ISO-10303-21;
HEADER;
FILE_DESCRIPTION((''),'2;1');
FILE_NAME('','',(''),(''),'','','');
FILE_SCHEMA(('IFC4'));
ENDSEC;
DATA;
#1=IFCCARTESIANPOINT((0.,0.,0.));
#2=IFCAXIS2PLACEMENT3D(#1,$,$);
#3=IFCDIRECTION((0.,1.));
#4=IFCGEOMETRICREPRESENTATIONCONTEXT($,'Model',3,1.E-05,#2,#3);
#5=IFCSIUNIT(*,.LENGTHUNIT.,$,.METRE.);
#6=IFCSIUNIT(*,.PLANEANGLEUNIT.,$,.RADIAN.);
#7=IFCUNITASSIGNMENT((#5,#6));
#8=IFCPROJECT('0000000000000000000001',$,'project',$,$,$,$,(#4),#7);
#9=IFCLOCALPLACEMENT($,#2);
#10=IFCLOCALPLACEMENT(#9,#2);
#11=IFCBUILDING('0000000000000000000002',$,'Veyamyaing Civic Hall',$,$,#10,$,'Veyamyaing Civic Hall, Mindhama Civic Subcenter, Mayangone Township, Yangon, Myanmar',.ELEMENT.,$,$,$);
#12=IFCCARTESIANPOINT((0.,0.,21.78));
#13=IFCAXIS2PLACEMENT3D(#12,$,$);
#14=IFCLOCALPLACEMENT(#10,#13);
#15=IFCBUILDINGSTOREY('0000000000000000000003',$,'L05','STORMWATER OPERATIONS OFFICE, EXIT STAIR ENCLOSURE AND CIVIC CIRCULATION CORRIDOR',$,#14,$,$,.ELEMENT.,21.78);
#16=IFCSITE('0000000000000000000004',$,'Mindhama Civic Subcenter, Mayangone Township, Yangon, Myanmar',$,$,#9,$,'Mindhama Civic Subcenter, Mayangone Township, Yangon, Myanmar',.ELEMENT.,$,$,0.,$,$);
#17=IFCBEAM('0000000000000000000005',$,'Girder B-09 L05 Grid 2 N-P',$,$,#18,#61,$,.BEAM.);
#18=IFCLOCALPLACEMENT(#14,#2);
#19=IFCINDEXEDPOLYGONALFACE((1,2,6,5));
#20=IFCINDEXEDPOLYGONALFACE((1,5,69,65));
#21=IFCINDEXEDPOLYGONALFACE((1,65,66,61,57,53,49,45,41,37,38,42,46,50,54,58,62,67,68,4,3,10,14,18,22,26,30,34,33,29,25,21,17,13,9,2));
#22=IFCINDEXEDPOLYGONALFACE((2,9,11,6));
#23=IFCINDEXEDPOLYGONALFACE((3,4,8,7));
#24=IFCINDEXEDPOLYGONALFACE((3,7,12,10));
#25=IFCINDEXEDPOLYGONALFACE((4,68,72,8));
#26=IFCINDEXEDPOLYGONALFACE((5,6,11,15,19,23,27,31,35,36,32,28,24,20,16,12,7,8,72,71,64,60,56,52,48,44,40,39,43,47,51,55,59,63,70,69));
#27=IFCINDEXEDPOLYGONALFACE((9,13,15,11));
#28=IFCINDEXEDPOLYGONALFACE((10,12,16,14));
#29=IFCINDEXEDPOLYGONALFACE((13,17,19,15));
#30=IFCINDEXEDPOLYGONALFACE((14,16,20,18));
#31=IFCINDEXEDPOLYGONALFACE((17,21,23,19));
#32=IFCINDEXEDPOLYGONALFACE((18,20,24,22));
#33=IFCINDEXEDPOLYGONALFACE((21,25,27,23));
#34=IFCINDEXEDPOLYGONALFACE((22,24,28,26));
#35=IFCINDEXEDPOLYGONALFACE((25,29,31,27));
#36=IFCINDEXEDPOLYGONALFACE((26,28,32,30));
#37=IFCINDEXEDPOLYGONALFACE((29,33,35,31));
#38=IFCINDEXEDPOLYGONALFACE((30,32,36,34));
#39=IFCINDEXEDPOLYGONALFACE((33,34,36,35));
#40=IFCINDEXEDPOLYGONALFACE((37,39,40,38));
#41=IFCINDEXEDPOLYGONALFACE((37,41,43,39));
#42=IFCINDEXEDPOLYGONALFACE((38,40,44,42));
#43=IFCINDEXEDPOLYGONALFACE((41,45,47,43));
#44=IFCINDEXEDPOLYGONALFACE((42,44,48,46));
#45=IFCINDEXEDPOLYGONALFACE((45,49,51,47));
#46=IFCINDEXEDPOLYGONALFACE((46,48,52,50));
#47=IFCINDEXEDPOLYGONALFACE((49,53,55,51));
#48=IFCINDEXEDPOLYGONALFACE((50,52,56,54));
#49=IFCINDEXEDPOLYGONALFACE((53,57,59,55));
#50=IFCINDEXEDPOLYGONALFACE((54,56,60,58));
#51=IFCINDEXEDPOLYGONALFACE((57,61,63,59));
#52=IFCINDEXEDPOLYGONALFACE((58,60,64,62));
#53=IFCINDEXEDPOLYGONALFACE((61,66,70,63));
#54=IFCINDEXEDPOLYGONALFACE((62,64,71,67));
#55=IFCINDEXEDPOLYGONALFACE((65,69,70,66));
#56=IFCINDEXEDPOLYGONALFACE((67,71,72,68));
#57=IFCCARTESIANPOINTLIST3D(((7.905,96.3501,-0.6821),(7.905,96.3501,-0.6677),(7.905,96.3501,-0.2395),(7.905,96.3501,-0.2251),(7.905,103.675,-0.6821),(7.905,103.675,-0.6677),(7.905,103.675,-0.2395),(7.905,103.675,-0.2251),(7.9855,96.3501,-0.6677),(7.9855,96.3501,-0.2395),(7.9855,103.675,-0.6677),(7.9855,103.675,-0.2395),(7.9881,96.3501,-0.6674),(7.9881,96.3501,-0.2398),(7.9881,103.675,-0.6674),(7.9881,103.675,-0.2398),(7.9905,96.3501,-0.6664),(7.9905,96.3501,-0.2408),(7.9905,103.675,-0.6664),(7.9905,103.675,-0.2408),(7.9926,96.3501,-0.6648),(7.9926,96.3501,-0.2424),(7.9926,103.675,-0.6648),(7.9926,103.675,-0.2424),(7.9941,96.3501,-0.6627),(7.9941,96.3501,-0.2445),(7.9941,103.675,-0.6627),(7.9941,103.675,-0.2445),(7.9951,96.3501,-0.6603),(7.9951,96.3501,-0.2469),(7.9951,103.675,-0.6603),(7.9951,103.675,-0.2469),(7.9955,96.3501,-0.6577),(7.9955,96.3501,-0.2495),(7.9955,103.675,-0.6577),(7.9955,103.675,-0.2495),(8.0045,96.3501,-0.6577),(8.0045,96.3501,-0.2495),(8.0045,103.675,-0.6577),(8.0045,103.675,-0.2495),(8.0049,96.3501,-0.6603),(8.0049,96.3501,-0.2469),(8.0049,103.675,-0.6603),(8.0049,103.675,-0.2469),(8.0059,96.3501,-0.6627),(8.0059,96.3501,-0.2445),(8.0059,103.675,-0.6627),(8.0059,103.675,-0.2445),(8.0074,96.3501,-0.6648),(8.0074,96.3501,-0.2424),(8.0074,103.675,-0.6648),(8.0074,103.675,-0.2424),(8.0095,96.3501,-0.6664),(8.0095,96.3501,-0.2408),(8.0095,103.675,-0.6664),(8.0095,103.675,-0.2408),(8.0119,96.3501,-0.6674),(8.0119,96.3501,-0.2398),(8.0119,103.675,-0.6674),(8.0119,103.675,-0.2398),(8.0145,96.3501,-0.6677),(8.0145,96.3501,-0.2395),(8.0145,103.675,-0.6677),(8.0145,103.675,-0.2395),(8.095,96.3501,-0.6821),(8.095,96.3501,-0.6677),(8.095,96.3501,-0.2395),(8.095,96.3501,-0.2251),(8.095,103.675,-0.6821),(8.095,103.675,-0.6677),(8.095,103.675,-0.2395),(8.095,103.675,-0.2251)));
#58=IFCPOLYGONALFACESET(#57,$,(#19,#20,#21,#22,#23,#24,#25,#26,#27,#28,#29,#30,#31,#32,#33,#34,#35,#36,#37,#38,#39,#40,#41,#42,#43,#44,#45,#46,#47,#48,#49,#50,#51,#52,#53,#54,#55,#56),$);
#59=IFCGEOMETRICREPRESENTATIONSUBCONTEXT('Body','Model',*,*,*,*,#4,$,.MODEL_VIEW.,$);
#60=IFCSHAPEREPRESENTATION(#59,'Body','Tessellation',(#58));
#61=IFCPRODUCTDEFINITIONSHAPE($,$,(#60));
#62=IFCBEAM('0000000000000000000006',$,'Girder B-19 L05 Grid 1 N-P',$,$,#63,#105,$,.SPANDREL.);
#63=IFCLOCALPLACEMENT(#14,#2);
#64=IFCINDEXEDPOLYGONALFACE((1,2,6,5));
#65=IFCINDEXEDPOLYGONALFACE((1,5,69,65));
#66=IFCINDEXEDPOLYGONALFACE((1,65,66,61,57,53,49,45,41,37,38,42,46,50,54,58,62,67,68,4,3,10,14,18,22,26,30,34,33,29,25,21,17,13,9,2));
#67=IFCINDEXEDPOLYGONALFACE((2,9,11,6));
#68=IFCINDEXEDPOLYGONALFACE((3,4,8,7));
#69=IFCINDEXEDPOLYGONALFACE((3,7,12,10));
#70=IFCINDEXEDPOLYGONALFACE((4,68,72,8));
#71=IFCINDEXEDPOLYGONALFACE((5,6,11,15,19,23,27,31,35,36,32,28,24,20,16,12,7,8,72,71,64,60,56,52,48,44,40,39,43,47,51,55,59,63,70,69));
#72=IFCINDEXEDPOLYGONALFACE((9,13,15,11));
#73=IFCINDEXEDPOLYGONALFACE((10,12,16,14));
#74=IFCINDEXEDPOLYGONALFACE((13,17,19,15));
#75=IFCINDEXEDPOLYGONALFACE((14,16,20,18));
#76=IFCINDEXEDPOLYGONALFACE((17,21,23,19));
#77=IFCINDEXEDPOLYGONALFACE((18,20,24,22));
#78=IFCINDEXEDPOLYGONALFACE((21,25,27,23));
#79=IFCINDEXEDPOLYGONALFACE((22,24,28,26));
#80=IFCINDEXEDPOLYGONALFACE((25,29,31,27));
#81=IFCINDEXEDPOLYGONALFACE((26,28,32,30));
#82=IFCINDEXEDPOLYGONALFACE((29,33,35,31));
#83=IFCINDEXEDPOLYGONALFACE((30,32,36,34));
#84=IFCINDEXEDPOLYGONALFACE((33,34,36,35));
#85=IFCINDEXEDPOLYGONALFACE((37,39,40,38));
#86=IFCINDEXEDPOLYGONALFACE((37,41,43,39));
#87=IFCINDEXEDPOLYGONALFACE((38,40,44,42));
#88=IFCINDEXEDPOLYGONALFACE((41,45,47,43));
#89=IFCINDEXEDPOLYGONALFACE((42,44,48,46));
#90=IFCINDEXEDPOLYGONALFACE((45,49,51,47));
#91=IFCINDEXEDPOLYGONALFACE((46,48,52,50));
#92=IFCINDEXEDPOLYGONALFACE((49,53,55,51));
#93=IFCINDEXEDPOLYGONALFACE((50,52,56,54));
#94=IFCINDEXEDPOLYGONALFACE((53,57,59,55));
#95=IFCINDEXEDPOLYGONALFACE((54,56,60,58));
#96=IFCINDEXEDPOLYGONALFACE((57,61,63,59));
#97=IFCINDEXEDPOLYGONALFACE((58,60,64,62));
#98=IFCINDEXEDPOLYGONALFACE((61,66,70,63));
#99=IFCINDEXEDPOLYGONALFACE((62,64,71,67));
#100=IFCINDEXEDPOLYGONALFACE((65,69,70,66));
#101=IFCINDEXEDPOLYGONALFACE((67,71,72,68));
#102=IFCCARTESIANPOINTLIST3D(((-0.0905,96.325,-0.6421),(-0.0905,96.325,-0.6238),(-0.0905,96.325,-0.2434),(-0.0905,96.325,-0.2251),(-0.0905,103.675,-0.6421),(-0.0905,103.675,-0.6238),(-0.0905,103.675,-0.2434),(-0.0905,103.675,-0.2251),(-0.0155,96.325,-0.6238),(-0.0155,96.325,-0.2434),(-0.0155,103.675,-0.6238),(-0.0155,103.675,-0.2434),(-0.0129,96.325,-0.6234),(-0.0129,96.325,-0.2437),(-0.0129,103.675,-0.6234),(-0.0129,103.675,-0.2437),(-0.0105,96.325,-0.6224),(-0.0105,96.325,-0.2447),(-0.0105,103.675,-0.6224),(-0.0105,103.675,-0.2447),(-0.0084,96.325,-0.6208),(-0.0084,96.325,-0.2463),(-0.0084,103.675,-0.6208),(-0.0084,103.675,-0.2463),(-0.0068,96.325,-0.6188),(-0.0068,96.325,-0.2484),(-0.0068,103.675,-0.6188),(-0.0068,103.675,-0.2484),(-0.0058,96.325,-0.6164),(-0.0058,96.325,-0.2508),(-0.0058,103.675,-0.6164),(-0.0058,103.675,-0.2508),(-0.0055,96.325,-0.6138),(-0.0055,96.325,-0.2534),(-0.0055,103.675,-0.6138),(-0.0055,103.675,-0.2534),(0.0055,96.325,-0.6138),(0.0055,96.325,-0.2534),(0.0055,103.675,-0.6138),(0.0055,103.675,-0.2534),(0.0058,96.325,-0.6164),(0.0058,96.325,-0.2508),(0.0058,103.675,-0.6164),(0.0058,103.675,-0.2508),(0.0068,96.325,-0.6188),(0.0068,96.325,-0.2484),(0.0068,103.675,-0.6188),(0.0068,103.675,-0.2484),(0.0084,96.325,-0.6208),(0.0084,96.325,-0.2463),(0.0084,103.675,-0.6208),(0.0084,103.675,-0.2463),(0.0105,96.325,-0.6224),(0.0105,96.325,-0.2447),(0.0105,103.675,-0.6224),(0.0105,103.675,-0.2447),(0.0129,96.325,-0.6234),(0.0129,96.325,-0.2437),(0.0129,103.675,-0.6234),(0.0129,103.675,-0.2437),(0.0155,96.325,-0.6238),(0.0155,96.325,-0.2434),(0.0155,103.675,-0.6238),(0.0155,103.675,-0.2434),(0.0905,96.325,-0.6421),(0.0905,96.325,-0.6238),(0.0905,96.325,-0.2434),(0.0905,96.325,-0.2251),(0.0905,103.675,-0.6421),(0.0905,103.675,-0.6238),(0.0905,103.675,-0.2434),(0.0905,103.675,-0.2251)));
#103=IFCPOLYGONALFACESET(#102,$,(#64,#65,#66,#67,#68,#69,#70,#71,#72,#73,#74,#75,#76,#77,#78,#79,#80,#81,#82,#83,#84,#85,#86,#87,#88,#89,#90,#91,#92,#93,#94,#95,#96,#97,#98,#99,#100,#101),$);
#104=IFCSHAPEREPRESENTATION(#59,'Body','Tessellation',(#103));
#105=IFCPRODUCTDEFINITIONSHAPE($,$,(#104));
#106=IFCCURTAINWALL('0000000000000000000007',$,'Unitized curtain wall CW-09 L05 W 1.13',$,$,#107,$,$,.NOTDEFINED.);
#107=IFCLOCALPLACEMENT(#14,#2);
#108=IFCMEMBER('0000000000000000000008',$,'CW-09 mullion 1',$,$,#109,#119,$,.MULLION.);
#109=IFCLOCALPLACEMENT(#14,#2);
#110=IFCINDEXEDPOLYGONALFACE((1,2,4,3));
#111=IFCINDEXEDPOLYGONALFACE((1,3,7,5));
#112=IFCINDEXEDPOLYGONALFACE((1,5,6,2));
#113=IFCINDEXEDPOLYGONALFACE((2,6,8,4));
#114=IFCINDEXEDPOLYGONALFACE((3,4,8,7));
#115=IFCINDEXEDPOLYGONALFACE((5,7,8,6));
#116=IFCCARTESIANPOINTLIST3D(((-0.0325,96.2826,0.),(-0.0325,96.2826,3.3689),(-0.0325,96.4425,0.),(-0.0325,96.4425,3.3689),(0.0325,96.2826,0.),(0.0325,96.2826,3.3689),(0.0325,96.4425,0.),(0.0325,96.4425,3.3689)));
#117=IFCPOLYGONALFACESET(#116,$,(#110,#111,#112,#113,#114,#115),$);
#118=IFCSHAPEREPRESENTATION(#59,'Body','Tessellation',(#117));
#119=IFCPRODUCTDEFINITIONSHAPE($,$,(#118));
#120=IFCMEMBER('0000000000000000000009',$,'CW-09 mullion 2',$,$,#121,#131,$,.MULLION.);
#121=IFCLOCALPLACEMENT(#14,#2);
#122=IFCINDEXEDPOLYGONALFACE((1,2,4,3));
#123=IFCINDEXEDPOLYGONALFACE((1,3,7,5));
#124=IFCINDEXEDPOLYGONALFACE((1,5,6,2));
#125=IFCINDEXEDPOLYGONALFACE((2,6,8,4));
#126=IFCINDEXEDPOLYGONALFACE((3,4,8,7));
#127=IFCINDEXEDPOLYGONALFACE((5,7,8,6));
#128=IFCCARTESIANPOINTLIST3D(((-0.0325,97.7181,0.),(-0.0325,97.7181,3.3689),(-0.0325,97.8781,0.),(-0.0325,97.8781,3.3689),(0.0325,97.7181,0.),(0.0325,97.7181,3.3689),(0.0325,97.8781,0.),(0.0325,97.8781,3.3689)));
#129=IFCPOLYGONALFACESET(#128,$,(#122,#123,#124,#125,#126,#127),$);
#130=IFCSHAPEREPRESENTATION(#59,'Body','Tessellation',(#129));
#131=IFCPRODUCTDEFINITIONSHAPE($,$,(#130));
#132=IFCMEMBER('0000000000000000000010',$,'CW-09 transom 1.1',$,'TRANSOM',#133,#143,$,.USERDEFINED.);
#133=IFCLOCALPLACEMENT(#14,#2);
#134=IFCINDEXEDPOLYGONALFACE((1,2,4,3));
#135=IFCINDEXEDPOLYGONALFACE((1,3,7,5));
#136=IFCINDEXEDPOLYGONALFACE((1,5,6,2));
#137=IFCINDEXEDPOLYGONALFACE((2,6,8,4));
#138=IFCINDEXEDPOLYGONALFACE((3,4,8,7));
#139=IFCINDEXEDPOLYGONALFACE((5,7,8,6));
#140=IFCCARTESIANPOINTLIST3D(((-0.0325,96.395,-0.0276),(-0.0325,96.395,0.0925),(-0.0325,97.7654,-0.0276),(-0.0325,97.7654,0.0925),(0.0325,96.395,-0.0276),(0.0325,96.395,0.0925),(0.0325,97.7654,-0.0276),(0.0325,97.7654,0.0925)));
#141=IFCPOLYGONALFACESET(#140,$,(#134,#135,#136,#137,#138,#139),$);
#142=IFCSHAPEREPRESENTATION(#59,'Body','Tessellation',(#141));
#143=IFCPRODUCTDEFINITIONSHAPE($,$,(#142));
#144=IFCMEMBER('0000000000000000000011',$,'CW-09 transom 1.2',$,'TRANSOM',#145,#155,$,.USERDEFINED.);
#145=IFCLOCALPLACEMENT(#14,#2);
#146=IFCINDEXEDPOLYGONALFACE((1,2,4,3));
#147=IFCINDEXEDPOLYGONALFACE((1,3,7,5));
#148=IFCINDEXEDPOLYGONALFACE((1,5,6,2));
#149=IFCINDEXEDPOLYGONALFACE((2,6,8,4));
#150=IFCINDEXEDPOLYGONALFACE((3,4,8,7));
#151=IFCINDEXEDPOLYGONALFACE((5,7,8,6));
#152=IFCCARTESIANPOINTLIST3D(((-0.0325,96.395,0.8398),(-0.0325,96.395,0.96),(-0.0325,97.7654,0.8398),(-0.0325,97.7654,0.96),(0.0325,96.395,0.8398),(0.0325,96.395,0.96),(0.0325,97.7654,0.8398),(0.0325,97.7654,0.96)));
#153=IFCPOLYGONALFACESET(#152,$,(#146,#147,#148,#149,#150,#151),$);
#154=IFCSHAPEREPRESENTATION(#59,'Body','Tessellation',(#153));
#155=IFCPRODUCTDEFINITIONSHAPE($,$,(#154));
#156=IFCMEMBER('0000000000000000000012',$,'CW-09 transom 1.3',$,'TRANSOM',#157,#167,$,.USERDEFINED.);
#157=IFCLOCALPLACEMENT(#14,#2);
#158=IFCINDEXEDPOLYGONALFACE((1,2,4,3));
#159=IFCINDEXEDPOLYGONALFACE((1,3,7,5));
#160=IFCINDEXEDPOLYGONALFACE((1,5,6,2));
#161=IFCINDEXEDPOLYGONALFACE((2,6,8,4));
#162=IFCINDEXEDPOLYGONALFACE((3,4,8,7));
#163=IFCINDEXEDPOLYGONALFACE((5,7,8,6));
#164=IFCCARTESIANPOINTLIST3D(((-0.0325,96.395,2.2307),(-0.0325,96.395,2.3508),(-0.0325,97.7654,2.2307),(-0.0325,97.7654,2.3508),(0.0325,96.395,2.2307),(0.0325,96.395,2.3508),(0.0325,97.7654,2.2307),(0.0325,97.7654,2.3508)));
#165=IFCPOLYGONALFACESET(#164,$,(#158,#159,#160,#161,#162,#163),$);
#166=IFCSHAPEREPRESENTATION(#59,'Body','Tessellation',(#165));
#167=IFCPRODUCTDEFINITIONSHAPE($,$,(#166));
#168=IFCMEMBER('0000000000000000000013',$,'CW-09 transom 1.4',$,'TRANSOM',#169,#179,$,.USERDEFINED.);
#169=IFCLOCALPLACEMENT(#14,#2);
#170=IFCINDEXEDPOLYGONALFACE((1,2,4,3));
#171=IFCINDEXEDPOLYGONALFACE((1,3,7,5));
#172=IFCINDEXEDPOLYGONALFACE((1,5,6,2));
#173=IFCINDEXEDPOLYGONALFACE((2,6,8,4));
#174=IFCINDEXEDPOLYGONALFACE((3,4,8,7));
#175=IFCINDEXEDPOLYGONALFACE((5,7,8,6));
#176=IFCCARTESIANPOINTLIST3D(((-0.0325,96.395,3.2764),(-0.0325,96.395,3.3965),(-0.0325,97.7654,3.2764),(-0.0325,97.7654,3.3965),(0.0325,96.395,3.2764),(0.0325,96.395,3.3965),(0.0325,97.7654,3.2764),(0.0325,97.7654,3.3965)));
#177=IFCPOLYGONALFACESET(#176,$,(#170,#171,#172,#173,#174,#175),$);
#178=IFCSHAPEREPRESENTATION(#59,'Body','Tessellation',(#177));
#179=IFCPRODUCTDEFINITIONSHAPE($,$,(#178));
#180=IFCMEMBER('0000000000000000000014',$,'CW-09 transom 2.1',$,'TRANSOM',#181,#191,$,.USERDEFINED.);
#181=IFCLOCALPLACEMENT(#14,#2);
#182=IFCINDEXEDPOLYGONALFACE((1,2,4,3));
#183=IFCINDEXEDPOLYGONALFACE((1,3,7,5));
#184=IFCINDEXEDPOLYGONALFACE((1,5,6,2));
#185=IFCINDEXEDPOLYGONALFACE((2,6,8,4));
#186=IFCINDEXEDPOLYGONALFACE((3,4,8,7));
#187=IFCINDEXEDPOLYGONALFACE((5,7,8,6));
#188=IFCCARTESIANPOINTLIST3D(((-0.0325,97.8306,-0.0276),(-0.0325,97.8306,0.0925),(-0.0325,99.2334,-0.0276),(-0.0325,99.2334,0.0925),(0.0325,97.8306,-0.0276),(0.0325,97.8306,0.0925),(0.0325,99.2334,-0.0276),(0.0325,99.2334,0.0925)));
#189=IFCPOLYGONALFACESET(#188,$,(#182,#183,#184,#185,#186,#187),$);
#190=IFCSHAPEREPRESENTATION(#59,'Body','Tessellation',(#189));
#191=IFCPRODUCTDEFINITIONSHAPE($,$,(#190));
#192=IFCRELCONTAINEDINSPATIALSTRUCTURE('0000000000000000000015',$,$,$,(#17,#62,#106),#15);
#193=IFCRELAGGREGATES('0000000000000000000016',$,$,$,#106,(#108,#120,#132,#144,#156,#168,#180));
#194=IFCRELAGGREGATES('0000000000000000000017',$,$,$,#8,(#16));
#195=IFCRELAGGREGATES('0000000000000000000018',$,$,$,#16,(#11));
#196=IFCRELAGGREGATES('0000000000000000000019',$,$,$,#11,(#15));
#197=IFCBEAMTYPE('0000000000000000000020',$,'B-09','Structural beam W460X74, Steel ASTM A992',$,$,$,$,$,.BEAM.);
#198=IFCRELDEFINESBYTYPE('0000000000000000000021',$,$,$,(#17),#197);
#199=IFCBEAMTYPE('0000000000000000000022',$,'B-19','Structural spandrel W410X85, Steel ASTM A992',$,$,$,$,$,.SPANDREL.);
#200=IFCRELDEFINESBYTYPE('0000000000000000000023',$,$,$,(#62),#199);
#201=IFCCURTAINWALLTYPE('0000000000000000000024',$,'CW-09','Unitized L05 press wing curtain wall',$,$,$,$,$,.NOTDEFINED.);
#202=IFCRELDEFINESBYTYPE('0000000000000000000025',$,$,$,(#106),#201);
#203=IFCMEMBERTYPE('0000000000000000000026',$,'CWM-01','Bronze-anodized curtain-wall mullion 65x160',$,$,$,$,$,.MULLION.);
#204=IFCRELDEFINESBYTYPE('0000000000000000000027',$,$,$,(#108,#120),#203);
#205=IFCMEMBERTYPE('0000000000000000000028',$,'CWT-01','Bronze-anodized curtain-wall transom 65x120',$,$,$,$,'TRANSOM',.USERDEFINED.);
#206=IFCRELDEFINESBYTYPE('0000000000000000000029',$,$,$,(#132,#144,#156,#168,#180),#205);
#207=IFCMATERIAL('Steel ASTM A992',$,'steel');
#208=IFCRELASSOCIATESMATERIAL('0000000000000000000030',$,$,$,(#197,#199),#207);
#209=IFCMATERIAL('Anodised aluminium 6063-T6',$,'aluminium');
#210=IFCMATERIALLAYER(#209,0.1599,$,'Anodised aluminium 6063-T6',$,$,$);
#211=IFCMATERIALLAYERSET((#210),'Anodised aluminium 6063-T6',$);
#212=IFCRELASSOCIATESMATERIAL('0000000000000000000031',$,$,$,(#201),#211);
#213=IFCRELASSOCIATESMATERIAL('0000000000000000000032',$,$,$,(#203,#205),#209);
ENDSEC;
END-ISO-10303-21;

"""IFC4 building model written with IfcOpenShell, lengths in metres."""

from ifc_helpers import new_model, si_unit, direction, frame, origin, origin_2d, place, context, subcontext, project, spatial, rectangle, i_section, extrude, material, layer, layer_set, material_profile, profile_set, type_object, element, aggregate, save


model = new_model("IFC4")

# Units and contexts
model_context = context("Model", 3, precision=1e-05, world=origin(), true_north=direction((0.0, 1.0)))
body_context = subcontext(model_context, "Body", "Model", "MODEL_VIEW")
ifc_project = project(units=[si_unit("LENGTHUNIT", "METRE"), si_unit("PLANEANGLEUNIT", "RADIAN")], contexts=[model_context])

# Site, building, storey
site_placement = place(None, origin())
site = spatial("IfcSite", under=ifc_project, at=site_placement, Name="Mindhama Civic Subcenter, Mayangone Township, Yangon, Myanmar", LongName="Mindhama Civic Subcenter, Mayangone Township, Yangon, Myanmar", CompositionType="ELEMENT", RefElevation=0.0)
building_placement = place(site_placement, origin())
building = spatial("IfcBuilding", under=site, at=building_placement, Name="Veyamyaing Civic Hall", LongName="Veyamyaing Civic Hall, Mindhama Civic Subcenter, Mayangone Township, Yangon, Myanmar", CompositionType="ELEMENT")
storey_placement = place(building_placement, frame((0.0, 0.0, 21.78)))
storey = spatial("IfcBuildingStorey", under=building, at=storey_placement, Name="L05", Description="STORMWATER OPERATIONS OFFICE, EXIT STAIR ENCLOSURE AND CIVIC CIRCULATION CORRIDOR", CompositionType="ELEMENT", Elevation=21.78)

# Beams
ifc_material_1 = material(Name="Steel ASTM A992", Category="steel")
ifc_material_profile_1 = material_profile(ifc_material_1, i_section(OverallWidth=0.1899, OverallDepth=0.457, WebThickness=0.009, FlangeThickness=0.0144, FilletRadius=0.01, at=origin_2d()), Name="W460X74")
ifc_profile_set_1 = profile_set([ifc_material_profile_1], Name="Steel ASTM A992")
beam_type_1 = type_object("IfcBeamType", Name="B-09", Description="Structural beam W460X74, Steel ASTM A992", PredefinedType="BEAM", material=ifc_profile_set_1)
beam_1_placement = place(storey_placement, frame((8.0, 96.3501, -0.4536), z_axis=(0.0, 1.0, 0.0), x_axis=(-1.0, 0.0, 0.0)))
element("IfcBeam", 1, at=beam_1_placement, inside=storey, type_object=beam_type_1, Name="Girder B-09 L05 Grid 2 N-P", PredefinedType="BEAM", context=body_context, shape_type="SweptSolid", body=[
    extrude(i_section(OverallWidth=0.1899, OverallDepth=0.457, WebThickness=0.009, FlangeThickness=0.0144, FilletRadius=0.01, at=origin_2d()), origin(), (0.0, 0.0, 1.0), 7.325),
])
ifc_material_profile_2 = material_profile(ifc_material_1, i_section(OverallWidth=0.1809, OverallDepth=0.417, WebThickness=0.011, FlangeThickness=0.0183, FilletRadius=0.01, at=origin_2d()), Name="W410X85")
ifc_profile_set_2 = profile_set([ifc_material_profile_2], Name="Steel ASTM A992")
beam_type_2 = type_object("IfcBeamType", Name="B-19", Description="Structural spandrel W410X85, Steel ASTM A992", PredefinedType="SPANDREL", material=ifc_profile_set_2)
beam_2_placement = place(storey_placement, frame((0.0, 96.325, -0.4336), z_axis=(0.0, 1.0, 0.0), x_axis=(-1.0, 0.0, 0.0)))
element("IfcBeam", 2, at=beam_2_placement, inside=storey, type_object=beam_type_2, Name="Girder B-19 L05 Grid 1 N-P", PredefinedType="SPANDREL", context=body_context, shape_type="SweptSolid", body=[
    extrude(i_section(OverallWidth=0.1809, OverallDepth=0.417, WebThickness=0.011, FlangeThickness=0.0183, FilletRadius=0.01, at=origin_2d()), origin(), (0.0, 0.0, 1.0), 7.3501),
])

# Curtain wall, members
ifc_material_2 = material(Name="Anodised aluminium 6063-T6", Category="aluminium")
ifc_layer_1 = layer(ifc_material_2, 0.1599, Name="Anodised aluminium 6063-T6")
ifc_layer_set_1 = layer_set([ifc_layer_1], Name="Anodised aluminium 6063-T6")
curtain_wall_type = type_object("IfcCurtainWallType", Name="CW-09", Description="Unitized L05 press wing curtain wall", PredefinedType="NOTDEFINED", material=ifc_layer_set_1)
curtain_wall_placement = place(storey_placement, origin())
curtain_wall = element("IfcCurtainWall", 3, at=curtain_wall_placement, inside=storey, type_object=curtain_wall_type, Name="Unitized curtain wall CW-09 L05 W 1.13", PredefinedType="NOTDEFINED")
ifc_material_profile_3 = material_profile(ifc_material_2, rectangle(XDim=0.0649, YDim=0.1599, at=origin_2d()), Name="ALU-MUL-65X160")
ifc_profile_set_3 = profile_set([ifc_material_profile_3], Name="Anodised aluminium 6063-T6")
member_type_1 = type_object("IfcMemberType", Name="CWM-01", Description="Bronze-anodized curtain-wall mullion 65x160", PredefinedType="MULLION", material=ifc_profile_set_3)
member_1_placement = place(storey_placement, frame((0.0, 96.3625, 0.0), z_axis=(0.0, 0.0, 1.0), x_axis=(-1.0, 0.0, 0.0)))
member_1 = element("IfcMember", 4, at=member_1_placement, type_object=member_type_1, Name="CW-09 mullion 1", PredefinedType="MULLION", context=body_context, shape_type="SweptSolid", body=[
    extrude(rectangle(XDim=0.0649, YDim=0.1599, at=origin_2d()), origin(), (0.0, 0.0, 1.0), 3.3689),
])
member_2_placement = place(storey_placement, frame((0.0, 97.7981, 0.0), z_axis=(0.0, 0.0, 1.0), x_axis=(-1.0, 0.0, 0.0)))
member_2 = element("IfcMember", 5, at=member_2_placement, type_object=member_type_1, Name="CW-09 mullion 2", PredefinedType="MULLION", context=body_context, shape_type="SweptSolid", body=[
    extrude(rectangle(XDim=0.0649, YDim=0.1599, at=origin_2d()), origin(), (0.0, 0.0, 1.0), 3.3689),
])
ifc_material_profile_4 = material_profile(ifc_material_2, rectangle(XDim=0.0649, YDim=0.1201, at=origin_2d()), Name="ALU-TRN-65X120")
ifc_profile_set_4 = profile_set([ifc_material_profile_4], Name="Anodised aluminium 6063-T6")
member_type_2 = type_object("IfcMemberType", Name="CWT-01", Description="Bronze-anodized curtain-wall transom 65x120", ElementType="TRANSOM", PredefinedType="USERDEFINED", material=ifc_profile_set_4)
member_3_placement = place(storey_placement, frame((0.0, 96.395, 0.0325), z_axis=(0.0, 1.0, 0.0), x_axis=(-1.0, 0.0, 0.0)))
member_3 = element("IfcMember", 6, at=member_3_placement, type_object=member_type_2, Name="CW-09 transom 1.1", ObjectType="TRANSOM", PredefinedType="USERDEFINED", context=body_context, shape_type="SweptSolid", body=[
    extrude(rectangle(XDim=0.0649, YDim=0.1201, at=origin_2d()), origin(), (0.0, 0.0, 1.0), 1.3704),
])
member_4_placement = place(storey_placement, frame((0.0, 96.395, 0.8999), z_axis=(0.0, 1.0, 0.0), x_axis=(-1.0, 0.0, 0.0)))
member_4 = element("IfcMember", 7, at=member_4_placement, type_object=member_type_2, Name="CW-09 transom 1.2", ObjectType="TRANSOM", PredefinedType="USERDEFINED", context=body_context, shape_type="SweptSolid", body=[
    extrude(rectangle(XDim=0.0649, YDim=0.1201, at=origin_2d()), origin(), (0.0, 0.0, 1.0), 1.3704),
])
member_5_placement = place(storey_placement, frame((0.0, 96.395, 2.2908), z_axis=(0.0, 1.0, 0.0), x_axis=(-1.0, 0.0, 0.0)))
member_5 = element("IfcMember", 8, at=member_5_placement, type_object=member_type_2, Name="CW-09 transom 1.3", ObjectType="TRANSOM", PredefinedType="USERDEFINED", context=body_context, shape_type="SweptSolid", body=[
    extrude(rectangle(XDim=0.0649, YDim=0.1201, at=origin_2d()), origin(), (0.0, 0.0, 1.0), 1.3704),
])
member_6_placement = place(storey_placement, frame((0.0, 96.395, 3.3364), z_axis=(0.0, 1.0, 0.0), x_axis=(-1.0, 0.0, 0.0)))
member_6 = element("IfcMember", 9, at=member_6_placement, type_object=member_type_2, Name="CW-09 transom 1.4", ObjectType="TRANSOM", PredefinedType="USERDEFINED", context=body_context, shape_type="SweptSolid", body=[
    extrude(rectangle(XDim=0.0649, YDim=0.1201, at=origin_2d()), origin(), (0.0, 0.0, 1.0), 1.3704),
])
member_7_placement = place(storey_placement, frame((0.0, 97.8306, 0.0325), z_axis=(0.0, 1.0, 0.0), x_axis=(-1.0, 0.0, 0.0)))
member_7 = element("IfcMember", 10, at=member_7_placement, type_object=member_type_2, Name="CW-09 transom 2.1", ObjectType="TRANSOM", PredefinedType="USERDEFINED", context=body_context, shape_type="SweptSolid", body=[
    extrude(rectangle(XDim=0.0649, YDim=0.1201, at=origin_2d()), origin(), (0.0, 0.0, 1.0), 1.4028),
])

aggregate(curtain_wall, [member_1, member_2, member_3, member_4, member_5, member_6, member_7])

save(model, "model.ifc")
